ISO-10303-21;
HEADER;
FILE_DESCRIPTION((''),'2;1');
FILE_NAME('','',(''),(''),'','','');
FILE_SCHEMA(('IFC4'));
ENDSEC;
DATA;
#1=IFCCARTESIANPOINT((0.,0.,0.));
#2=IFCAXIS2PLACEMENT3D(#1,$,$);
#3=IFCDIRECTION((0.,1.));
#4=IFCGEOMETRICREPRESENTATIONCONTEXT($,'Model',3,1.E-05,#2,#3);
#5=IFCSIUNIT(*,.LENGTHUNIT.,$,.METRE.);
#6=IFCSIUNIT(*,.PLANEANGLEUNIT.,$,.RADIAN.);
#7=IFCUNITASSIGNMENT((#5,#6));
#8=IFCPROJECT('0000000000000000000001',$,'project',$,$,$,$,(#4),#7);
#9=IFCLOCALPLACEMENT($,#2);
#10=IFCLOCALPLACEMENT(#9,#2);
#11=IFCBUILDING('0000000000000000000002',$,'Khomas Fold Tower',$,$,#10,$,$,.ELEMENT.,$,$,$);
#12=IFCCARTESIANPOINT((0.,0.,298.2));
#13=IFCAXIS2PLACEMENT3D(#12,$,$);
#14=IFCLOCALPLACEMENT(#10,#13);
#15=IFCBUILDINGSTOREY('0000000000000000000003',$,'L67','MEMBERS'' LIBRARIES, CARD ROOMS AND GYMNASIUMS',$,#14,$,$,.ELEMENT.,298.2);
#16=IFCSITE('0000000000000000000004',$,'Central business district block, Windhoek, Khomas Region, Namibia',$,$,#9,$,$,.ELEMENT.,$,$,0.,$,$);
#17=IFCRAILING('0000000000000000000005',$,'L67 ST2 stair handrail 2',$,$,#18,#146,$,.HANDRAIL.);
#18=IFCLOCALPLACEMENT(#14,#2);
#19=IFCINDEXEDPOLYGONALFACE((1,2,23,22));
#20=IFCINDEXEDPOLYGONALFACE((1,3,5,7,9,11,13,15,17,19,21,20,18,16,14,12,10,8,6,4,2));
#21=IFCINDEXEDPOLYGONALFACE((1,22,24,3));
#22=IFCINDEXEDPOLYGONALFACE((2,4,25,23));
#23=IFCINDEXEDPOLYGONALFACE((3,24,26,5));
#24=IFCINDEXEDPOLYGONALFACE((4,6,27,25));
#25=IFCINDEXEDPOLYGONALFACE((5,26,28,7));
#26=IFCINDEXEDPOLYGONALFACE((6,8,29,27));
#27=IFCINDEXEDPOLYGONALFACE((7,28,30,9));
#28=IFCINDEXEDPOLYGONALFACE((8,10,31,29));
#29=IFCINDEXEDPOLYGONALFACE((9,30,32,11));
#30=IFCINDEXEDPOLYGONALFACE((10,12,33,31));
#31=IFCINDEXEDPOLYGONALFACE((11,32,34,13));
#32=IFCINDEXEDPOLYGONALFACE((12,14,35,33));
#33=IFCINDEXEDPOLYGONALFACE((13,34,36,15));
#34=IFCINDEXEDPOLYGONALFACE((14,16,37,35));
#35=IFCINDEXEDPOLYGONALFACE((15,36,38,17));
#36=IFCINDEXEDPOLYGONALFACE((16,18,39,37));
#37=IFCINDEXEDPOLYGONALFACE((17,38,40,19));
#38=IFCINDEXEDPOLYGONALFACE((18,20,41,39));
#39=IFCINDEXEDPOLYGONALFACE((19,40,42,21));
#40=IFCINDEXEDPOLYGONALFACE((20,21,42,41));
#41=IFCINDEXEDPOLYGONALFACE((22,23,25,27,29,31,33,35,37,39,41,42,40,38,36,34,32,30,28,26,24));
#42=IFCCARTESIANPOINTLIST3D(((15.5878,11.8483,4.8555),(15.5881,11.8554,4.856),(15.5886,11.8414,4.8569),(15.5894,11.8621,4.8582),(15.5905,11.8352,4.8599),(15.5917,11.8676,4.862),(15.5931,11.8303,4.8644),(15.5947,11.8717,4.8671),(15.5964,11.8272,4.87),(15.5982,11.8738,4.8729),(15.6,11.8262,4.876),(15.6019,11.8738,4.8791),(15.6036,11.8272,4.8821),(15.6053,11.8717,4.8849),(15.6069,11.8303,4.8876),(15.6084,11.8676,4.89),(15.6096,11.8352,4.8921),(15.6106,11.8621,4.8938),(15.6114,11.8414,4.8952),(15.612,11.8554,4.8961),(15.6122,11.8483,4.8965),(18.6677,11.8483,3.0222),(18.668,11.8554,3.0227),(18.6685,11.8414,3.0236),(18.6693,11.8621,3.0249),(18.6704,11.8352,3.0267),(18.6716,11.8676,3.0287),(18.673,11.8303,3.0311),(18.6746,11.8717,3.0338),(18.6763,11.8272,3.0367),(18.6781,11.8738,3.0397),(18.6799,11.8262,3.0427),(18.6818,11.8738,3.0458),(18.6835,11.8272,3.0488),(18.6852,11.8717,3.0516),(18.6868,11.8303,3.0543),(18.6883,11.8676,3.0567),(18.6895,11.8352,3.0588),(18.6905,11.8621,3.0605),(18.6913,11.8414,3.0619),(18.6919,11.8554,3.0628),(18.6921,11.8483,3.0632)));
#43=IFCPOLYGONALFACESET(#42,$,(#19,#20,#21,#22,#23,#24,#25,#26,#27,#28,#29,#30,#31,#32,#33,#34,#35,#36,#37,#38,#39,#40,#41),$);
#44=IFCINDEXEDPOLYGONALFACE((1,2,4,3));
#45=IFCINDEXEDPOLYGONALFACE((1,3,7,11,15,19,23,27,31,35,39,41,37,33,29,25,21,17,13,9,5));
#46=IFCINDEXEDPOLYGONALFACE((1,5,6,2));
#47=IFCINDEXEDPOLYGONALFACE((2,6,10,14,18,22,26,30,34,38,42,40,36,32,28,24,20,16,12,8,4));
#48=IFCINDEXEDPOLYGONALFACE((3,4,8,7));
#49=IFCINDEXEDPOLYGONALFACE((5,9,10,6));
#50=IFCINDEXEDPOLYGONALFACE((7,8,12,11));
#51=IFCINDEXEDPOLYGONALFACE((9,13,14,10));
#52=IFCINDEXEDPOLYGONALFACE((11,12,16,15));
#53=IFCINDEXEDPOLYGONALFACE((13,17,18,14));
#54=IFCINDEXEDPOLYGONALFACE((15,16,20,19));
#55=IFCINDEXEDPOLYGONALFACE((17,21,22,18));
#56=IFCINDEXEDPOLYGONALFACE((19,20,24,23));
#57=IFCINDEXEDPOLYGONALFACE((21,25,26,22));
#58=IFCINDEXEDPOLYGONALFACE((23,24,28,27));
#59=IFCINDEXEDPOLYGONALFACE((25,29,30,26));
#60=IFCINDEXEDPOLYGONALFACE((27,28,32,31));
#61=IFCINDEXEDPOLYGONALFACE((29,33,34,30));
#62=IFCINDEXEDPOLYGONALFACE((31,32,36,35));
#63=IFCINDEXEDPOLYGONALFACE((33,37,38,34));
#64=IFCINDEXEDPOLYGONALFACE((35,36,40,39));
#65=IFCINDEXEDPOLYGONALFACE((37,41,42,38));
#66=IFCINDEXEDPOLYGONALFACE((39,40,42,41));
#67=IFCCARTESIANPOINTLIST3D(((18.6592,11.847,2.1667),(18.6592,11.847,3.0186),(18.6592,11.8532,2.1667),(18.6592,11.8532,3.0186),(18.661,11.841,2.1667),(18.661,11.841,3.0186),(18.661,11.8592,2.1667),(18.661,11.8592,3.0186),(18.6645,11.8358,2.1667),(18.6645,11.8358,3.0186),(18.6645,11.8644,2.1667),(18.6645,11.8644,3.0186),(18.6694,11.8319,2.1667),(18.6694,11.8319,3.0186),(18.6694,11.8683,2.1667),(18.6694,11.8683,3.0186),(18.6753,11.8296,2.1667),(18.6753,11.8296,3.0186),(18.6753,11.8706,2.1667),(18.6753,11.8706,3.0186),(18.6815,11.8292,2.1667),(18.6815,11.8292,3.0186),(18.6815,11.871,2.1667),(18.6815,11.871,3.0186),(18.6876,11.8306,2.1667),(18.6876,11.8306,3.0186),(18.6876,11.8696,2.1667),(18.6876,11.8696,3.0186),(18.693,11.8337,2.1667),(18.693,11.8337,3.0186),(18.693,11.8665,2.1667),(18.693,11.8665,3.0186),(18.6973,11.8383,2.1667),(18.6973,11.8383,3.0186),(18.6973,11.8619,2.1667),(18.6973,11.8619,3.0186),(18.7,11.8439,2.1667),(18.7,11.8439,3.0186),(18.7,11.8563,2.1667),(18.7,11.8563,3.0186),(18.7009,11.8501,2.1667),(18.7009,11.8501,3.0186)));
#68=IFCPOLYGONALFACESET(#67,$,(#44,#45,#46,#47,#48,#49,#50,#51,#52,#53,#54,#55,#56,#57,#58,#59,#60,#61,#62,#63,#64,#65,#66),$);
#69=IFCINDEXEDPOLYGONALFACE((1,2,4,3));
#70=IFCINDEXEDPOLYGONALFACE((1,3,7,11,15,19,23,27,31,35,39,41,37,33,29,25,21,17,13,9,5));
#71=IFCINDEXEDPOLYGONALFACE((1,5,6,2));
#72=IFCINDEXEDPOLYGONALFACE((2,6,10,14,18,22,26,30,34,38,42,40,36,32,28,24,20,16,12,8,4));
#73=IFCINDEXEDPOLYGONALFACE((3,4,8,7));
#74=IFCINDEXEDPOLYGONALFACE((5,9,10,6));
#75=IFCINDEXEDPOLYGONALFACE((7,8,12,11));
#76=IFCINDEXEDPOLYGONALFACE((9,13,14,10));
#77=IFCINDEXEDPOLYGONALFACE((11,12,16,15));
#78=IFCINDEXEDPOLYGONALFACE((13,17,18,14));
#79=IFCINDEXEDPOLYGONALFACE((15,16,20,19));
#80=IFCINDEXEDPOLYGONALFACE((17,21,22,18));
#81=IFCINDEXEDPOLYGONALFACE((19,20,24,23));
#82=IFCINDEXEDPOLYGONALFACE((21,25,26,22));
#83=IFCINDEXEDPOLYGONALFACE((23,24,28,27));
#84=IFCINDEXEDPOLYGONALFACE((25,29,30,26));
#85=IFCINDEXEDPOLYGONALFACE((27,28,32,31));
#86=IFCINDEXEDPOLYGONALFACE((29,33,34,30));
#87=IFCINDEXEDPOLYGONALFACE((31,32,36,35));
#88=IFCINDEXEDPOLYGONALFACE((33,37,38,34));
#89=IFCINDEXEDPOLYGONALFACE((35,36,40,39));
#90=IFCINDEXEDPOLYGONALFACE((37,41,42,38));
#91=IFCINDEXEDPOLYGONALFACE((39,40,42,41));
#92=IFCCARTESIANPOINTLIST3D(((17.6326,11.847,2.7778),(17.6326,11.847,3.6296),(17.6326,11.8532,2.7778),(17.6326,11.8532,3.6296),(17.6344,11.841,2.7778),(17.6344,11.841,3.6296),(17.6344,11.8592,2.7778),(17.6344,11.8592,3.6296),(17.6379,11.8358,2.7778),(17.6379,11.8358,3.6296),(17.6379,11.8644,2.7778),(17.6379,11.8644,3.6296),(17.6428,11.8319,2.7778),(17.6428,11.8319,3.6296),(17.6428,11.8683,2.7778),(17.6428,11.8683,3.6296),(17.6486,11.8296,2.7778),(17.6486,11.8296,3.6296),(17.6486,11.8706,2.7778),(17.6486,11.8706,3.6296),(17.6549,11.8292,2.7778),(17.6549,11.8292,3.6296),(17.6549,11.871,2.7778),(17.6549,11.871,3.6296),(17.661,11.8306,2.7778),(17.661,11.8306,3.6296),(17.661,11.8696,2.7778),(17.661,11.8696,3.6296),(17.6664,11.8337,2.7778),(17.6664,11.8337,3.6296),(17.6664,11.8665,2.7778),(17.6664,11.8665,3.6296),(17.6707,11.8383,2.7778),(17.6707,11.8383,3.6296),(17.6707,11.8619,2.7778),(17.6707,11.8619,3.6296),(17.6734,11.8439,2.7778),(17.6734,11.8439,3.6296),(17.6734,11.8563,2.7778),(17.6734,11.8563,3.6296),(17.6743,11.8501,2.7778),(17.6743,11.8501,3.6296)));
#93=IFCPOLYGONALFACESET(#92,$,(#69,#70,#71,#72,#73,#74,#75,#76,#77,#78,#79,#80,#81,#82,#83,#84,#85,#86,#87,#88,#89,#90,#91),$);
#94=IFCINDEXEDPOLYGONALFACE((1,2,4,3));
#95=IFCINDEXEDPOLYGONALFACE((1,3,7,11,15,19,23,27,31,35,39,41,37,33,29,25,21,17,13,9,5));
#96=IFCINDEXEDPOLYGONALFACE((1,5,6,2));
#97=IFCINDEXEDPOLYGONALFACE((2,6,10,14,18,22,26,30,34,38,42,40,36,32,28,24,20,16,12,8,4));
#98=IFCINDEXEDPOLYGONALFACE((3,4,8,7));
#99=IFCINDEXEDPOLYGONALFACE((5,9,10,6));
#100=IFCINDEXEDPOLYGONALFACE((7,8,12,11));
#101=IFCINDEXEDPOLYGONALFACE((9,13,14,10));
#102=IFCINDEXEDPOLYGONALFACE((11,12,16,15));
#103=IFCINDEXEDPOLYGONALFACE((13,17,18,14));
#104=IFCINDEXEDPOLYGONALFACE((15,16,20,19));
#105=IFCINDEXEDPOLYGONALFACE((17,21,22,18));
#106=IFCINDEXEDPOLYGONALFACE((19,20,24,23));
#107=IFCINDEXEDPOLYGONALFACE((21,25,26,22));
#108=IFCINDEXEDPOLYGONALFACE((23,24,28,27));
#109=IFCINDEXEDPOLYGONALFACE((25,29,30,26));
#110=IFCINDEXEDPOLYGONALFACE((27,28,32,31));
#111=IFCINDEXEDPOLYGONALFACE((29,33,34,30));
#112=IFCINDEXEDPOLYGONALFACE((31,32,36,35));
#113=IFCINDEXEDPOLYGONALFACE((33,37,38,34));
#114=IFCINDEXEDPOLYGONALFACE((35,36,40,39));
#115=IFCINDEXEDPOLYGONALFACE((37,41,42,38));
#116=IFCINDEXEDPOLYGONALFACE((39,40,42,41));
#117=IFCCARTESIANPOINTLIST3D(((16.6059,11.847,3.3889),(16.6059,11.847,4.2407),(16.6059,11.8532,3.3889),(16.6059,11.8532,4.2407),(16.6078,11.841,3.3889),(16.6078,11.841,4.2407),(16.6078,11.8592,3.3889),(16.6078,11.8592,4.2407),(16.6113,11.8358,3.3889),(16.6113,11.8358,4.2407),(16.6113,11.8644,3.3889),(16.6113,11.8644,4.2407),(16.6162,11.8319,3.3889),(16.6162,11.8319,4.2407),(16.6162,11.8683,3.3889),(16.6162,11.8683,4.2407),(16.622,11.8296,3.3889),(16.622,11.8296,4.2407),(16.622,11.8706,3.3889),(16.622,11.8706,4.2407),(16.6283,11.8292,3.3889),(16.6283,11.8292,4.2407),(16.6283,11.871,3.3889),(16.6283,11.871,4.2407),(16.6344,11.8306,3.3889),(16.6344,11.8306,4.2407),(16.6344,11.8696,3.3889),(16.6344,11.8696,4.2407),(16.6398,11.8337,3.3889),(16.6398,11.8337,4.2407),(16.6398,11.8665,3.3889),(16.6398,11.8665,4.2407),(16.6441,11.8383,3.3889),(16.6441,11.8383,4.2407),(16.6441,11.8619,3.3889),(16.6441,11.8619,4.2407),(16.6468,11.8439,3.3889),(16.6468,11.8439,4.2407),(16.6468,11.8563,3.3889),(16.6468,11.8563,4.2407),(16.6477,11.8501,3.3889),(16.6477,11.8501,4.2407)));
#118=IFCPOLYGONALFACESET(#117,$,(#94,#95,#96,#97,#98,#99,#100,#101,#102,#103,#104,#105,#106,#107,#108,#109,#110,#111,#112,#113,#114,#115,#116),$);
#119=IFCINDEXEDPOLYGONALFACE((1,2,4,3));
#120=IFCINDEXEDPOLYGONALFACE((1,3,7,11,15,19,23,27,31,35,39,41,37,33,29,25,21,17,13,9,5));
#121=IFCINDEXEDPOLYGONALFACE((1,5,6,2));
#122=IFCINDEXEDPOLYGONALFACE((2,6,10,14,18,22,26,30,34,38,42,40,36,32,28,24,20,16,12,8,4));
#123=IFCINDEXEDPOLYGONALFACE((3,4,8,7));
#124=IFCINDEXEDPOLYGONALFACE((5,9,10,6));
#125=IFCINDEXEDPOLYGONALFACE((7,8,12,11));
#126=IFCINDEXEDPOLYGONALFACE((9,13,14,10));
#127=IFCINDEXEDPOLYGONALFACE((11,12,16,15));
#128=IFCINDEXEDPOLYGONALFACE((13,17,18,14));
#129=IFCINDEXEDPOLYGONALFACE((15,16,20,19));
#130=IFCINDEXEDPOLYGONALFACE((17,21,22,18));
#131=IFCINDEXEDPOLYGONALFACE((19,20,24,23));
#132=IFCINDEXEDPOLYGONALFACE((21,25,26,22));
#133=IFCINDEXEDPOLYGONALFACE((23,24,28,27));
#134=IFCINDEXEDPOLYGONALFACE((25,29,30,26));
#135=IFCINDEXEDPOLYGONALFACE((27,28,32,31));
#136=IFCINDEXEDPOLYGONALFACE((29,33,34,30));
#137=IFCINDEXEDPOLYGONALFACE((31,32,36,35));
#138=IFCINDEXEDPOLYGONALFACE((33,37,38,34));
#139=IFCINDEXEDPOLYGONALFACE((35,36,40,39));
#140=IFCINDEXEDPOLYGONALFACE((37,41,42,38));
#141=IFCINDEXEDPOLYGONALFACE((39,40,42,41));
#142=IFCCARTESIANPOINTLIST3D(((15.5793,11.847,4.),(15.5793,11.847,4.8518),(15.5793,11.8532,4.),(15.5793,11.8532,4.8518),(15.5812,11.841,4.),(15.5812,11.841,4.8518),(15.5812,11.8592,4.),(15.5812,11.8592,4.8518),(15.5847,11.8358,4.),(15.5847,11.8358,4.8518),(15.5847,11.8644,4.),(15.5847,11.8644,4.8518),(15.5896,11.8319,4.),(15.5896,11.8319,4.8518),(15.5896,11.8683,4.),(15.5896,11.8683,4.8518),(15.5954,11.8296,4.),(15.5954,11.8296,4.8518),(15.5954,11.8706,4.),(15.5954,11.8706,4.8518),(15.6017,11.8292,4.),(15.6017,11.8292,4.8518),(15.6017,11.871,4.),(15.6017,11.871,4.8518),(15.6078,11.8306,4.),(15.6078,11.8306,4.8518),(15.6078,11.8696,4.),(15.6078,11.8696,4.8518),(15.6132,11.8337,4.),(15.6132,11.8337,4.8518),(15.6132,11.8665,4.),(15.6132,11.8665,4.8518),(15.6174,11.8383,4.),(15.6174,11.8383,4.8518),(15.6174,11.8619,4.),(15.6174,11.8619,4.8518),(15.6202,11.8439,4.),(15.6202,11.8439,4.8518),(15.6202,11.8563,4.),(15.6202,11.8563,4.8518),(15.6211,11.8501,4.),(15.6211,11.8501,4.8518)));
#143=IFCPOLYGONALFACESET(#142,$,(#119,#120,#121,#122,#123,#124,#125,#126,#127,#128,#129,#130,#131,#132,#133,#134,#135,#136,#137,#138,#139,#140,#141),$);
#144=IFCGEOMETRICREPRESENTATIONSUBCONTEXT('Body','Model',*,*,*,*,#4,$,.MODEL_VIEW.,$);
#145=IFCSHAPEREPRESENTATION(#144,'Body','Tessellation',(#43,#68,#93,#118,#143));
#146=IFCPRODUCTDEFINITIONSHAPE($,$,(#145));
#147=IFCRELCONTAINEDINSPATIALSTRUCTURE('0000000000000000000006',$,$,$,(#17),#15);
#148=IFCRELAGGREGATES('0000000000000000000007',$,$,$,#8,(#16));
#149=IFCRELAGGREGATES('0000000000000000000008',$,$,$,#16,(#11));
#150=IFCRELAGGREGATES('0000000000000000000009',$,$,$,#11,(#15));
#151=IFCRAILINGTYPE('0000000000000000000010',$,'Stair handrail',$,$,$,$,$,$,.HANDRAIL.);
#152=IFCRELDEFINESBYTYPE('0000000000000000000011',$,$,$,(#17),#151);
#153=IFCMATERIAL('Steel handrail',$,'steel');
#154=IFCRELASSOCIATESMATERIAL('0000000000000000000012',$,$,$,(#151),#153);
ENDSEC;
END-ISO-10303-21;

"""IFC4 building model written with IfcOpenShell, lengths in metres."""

from ifc_helpers import new_model, si_unit, direction, frame, origin, origin_2d, place, context, subcontext, project, spatial, circle, extrude, source, transform, mapped, material, type_object, element, save


model = new_model("IFC4")

# Units and contexts
model_context = context("Model", 3, precision=1e-05, world=origin(), true_north=direction((0.0, 1.0)))
body_context = subcontext(model_context, "Body", "Model", "MODEL_VIEW")
ifc_project = project(units=[si_unit("LENGTHUNIT", "METRE"), si_unit("PLANEANGLEUNIT", "RADIAN")], contexts=[model_context])

# Site, building, storey
site_placement = place(None, origin())
site = spatial("IfcSite", under=ifc_project, at=site_placement, Name="Central business district block, Windhoek, Khomas Region, Namibia", CompositionType="ELEMENT", RefElevation=0.0)
building_placement = place(site_placement, origin())
building = spatial("IfcBuilding", under=site, at=building_placement, Name="Khomas Fold Tower", CompositionType="ELEMENT")
storey_placement = place(building_placement, frame((0.0, 0.0, 298.2)))
storey = spatial("IfcBuildingStorey", under=building, at=storey_placement, Name="L67", Description="MEMBERS' LIBRARIES, CARD ROOMS AND GYMNASIUMS", CompositionType="ELEMENT", Elevation=298.2)

# Railing
ifc_material_1 = material(Name="Steel handrail", Category="steel")
railing_type_1 = type_object("IfcRailingType", Name="Stair handrail", PredefinedType="HANDRAIL", material=ifc_material_1)
shared_shape_1 = source(origin(), body_context, "Body", "SweptSolid", [
    extrude(circle(Radius=0.0239, at=origin_2d()), frame((0.0, 0.0, 0.876), z_axis=(-0.859291, 0.0, 0.511487), x_axis=(0.0, -1.0, 0.0)), (0.0, 0.0, 1.0), 3.5842),
    extrude(circle(Radius=0.021, at=origin_2d()), origin(), (0.0, 0.0, 1.0), 0.8518),
    extrude(circle(Radius=0.021, at=origin_2d()), frame((-1.0266, 0.0, 0.6111)), (0.0, 0.0, 1.0), 0.8518),
    extrude(circle(Radius=0.021, at=origin_2d()), frame((-2.0532, 0.0, 1.2222)), (0.0, 0.0, 1.0), 0.8518),
    extrude(circle(Radius=0.021, at=origin_2d()), frame((-3.0798, 0.0, 1.8333)), (0.0, 0.0, 1.0), 0.8518),
])
railing_1_placement = place(storey_placement, frame((18.6799, 11.8501, 2.1667)))
element("IfcRailing", 1, at=railing_1_placement, inside=storey, type_object=railing_type_1, Name="L67 ST2 stair handrail 2", PredefinedType="HANDRAIL", context=body_context, shape_type="MappedRepresentation", body=[
    mapped(shared_shape_1, transform((0.0, 0.0, 0.0))),
])

save(model, "model.ifc")
